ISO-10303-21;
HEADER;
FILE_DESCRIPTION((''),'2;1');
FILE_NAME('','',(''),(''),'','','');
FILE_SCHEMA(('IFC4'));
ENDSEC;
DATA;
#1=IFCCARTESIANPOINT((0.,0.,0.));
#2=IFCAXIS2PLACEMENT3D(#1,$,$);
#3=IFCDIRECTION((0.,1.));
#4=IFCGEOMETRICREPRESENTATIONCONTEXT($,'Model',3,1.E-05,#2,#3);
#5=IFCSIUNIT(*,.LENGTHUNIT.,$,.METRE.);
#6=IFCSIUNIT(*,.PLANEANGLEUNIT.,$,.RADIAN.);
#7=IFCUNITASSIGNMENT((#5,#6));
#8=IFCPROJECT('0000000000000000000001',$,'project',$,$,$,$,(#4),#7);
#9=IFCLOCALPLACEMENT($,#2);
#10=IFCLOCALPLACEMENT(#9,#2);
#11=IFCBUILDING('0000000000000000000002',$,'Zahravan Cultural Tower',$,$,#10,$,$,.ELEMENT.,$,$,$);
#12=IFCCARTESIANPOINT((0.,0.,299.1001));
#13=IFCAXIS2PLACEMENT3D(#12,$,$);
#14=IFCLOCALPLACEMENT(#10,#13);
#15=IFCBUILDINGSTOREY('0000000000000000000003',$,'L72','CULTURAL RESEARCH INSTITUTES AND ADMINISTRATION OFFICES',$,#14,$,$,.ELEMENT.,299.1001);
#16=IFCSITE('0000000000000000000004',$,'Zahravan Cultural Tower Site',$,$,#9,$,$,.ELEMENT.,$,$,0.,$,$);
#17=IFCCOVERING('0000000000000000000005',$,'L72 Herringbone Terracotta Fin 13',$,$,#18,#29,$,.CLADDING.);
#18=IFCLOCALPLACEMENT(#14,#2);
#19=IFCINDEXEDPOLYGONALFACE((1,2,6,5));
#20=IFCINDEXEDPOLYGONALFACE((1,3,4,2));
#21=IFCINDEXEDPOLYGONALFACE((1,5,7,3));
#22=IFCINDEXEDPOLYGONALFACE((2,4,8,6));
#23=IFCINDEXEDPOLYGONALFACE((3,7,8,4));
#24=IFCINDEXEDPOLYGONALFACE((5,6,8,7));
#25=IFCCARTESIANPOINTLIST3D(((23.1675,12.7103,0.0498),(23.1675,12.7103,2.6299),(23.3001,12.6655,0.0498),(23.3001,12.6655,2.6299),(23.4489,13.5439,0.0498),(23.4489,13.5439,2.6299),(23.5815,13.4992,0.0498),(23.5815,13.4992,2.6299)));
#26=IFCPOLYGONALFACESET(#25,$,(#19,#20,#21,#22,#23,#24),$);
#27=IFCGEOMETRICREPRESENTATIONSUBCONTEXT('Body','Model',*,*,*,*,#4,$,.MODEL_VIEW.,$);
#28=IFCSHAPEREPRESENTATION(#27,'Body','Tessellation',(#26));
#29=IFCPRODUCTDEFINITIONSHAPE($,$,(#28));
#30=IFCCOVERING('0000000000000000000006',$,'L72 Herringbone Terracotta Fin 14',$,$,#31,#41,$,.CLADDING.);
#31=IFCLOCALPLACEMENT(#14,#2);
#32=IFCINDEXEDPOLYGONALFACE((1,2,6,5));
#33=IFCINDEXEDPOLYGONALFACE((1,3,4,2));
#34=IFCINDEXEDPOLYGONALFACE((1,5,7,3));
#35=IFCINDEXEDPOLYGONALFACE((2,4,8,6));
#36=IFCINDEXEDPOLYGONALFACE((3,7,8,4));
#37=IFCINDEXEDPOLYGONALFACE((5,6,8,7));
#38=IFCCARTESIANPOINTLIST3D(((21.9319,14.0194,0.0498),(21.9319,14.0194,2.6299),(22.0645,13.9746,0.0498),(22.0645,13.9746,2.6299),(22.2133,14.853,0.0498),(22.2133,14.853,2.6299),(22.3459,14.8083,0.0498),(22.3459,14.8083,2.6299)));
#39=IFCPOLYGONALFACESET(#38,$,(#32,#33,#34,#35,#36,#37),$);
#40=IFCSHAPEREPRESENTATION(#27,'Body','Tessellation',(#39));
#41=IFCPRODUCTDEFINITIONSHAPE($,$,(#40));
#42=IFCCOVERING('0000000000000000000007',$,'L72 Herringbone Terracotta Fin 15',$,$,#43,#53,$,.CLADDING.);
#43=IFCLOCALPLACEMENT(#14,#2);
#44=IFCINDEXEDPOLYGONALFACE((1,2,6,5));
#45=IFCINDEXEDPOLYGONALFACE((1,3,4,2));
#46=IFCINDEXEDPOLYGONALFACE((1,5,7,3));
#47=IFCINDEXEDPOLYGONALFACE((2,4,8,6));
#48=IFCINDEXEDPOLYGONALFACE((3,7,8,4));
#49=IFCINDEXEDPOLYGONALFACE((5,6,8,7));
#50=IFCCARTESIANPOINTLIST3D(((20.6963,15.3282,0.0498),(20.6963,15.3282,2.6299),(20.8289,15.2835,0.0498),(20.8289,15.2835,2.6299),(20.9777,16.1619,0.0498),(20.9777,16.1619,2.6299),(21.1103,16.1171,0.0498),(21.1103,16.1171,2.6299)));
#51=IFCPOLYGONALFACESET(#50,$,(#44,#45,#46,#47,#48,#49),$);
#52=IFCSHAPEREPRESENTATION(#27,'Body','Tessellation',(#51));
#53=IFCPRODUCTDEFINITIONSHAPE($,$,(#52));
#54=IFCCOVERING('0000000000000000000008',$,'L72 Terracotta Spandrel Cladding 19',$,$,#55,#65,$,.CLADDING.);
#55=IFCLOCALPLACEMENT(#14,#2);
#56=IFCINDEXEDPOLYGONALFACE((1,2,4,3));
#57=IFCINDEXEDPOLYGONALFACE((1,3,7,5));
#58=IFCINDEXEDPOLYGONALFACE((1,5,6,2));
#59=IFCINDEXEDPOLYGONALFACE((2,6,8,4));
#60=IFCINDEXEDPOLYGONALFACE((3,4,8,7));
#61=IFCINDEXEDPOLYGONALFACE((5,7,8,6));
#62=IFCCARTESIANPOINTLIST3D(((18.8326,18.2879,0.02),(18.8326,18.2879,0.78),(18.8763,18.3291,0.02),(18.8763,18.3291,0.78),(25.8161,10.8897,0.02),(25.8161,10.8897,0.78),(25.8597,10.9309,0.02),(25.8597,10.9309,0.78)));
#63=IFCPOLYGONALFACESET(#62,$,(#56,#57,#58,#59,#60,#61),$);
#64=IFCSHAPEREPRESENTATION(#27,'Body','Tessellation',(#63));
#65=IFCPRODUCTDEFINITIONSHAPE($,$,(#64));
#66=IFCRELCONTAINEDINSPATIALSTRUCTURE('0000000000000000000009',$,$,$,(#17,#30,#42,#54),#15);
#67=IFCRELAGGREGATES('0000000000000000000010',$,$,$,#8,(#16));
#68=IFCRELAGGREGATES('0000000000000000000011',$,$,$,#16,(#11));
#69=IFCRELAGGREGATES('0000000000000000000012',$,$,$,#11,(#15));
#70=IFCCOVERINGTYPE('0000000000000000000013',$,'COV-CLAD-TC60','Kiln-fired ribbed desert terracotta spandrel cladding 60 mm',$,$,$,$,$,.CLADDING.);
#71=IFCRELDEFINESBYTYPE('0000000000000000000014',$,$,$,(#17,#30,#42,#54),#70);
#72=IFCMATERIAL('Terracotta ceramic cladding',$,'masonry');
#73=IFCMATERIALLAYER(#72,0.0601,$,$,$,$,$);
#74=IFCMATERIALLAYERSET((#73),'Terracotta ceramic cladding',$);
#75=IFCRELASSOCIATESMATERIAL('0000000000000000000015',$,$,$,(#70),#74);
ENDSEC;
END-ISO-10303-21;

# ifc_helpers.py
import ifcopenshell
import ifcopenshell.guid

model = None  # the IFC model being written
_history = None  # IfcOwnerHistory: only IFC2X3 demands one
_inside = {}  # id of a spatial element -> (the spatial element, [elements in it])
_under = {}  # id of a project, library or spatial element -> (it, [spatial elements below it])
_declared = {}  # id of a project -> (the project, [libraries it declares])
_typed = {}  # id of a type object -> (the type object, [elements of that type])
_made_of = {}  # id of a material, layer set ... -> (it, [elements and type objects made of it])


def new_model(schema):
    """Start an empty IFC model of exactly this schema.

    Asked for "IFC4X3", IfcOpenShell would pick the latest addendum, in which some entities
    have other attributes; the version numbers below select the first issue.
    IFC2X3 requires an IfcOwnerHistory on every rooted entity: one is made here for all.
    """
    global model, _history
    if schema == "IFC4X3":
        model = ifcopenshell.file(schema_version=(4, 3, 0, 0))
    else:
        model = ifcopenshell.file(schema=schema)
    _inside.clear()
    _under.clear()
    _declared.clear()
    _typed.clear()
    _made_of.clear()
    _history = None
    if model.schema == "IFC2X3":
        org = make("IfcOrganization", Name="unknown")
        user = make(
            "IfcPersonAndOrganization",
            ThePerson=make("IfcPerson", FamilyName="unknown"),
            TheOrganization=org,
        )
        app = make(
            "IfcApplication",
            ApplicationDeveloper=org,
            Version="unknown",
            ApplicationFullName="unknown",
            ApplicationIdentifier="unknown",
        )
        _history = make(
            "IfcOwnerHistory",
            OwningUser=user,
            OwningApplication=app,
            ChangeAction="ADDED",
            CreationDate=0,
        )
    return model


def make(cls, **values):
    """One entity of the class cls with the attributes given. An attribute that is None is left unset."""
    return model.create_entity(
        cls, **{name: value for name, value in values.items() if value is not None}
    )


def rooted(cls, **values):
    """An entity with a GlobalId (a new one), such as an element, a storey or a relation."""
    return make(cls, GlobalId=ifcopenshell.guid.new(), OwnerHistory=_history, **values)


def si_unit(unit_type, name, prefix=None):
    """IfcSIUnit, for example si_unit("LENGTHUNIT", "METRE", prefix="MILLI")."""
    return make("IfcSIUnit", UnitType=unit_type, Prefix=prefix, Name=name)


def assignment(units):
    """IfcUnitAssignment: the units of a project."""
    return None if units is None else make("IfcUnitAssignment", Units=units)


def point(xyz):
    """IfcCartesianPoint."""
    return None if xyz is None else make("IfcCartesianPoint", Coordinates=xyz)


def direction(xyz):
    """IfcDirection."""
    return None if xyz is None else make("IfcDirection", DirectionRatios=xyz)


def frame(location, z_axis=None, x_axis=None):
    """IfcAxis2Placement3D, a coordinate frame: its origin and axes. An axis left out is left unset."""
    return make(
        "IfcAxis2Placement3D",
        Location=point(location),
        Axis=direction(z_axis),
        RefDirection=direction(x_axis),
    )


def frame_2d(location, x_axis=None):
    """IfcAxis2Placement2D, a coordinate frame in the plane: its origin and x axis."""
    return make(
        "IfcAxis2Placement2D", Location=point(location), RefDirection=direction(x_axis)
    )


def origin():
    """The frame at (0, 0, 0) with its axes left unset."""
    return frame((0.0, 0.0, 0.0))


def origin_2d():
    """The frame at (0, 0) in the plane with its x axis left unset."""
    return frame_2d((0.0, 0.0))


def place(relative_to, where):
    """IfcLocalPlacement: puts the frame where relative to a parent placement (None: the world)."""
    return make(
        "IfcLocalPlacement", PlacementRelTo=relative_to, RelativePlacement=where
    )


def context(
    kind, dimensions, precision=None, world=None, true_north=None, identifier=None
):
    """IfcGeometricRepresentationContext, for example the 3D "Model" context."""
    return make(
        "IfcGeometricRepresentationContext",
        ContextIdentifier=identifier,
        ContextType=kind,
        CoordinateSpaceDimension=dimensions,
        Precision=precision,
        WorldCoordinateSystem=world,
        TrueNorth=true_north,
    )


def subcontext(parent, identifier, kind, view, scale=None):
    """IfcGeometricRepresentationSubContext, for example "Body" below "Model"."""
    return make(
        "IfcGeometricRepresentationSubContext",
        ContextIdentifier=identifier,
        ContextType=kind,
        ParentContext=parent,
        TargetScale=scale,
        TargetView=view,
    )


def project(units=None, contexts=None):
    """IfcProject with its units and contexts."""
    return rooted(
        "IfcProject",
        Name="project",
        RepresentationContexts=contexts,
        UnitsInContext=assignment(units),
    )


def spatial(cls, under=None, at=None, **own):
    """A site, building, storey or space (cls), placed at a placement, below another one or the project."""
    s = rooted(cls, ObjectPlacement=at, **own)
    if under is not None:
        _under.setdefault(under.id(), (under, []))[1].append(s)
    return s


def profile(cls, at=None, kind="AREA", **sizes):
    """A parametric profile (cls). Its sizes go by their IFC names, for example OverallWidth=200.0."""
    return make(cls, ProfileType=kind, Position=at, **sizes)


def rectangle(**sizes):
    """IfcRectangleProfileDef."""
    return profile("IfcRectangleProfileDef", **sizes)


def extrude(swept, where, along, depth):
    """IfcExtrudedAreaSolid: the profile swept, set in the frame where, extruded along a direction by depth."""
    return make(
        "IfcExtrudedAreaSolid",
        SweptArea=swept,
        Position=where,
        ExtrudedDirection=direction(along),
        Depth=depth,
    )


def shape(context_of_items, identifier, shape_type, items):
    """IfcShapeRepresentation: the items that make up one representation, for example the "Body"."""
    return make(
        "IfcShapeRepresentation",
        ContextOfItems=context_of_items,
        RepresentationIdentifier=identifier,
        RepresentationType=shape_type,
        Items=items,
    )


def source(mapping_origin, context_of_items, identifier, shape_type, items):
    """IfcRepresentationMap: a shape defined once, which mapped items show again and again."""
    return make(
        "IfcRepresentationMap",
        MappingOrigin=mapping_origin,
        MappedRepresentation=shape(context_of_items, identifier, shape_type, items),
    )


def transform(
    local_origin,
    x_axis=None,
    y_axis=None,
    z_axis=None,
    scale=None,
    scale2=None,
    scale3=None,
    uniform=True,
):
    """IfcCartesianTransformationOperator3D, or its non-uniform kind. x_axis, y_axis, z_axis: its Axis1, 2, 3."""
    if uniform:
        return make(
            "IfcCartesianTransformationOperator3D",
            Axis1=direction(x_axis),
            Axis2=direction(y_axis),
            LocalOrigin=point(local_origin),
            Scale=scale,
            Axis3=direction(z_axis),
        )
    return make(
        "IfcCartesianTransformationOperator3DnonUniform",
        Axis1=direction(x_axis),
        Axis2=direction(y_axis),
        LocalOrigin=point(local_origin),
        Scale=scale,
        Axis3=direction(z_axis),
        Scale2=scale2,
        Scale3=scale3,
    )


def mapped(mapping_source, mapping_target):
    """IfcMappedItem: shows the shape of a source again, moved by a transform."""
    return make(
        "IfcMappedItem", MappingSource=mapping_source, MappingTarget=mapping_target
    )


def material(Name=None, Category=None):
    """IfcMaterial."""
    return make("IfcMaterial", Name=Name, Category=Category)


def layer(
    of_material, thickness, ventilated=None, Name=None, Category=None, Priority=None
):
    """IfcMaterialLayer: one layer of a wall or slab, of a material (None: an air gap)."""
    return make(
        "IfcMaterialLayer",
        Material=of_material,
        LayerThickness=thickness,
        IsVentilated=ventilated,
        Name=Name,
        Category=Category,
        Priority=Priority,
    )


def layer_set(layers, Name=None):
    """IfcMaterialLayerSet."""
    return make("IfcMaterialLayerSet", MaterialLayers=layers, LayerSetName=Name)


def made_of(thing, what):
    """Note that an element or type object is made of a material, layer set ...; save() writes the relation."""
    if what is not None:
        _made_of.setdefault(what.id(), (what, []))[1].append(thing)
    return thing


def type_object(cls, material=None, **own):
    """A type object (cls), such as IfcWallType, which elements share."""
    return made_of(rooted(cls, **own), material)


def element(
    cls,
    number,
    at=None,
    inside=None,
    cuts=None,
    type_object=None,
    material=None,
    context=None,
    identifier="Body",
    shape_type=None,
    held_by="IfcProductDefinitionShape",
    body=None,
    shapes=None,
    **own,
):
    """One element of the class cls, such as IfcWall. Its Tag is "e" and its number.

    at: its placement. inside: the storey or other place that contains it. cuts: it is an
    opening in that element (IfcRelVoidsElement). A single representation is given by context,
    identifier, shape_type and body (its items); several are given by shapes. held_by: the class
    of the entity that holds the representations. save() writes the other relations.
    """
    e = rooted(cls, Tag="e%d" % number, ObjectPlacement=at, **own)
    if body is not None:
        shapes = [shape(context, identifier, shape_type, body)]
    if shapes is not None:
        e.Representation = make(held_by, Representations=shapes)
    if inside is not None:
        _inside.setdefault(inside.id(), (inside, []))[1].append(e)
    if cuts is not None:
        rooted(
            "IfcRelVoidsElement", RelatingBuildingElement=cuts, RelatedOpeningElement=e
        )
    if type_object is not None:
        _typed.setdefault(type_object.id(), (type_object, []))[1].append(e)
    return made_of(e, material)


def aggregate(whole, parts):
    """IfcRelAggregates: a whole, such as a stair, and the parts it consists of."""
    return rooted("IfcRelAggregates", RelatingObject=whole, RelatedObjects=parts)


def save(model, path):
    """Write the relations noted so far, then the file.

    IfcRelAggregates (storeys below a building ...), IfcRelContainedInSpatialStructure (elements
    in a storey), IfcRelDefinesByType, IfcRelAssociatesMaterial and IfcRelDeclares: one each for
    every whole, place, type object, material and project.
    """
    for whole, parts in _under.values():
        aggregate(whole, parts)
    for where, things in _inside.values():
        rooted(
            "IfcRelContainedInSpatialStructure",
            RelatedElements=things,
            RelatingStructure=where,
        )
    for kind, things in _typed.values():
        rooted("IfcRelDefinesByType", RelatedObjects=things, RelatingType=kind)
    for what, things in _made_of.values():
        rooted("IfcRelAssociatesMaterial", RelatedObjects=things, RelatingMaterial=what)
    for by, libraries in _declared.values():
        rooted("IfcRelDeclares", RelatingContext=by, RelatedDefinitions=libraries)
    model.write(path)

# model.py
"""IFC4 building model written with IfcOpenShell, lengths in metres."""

from ifc_helpers import new_model, si_unit, direction, frame, origin, origin_2d, place, context, subcontext, project, spatial, rectangle, extrude, source, transform, mapped, material, layer, layer_set, type_object, element, save


model = new_model("IFC4")

# Units and contexts
model_context = context("Model", 3, precision=1e-05, world=origin(), true_north=direction((0.0, 1.0)))
body_context = subcontext(model_context, "Body", "Model", "MODEL_VIEW")
ifc_project = project(units=[si_unit("LENGTHUNIT", "METRE"), si_unit("PLANEANGLEUNIT", "RADIAN")], contexts=[model_context])

# Site, building, storey
site_placement = place(None, origin())
site = spatial("IfcSite", under=ifc_project, at=site_placement, Name="Zahravan Cultural Tower Site", CompositionType="ELEMENT", RefElevation=0.0)
building_placement = place(site_placement, origin())
building = spatial("IfcBuilding", under=site, at=building_placement, Name="Zahravan Cultural Tower", CompositionType="ELEMENT")
storey_placement = place(building_placement, frame((0.0, 0.0, 299.1001)))
storey = spatial("IfcBuildingStorey", under=building, at=storey_placement, Name="L72", Description="CULTURAL RESEARCH INSTITUTES AND ADMINISTRATION OFFICES", CompositionType="ELEMENT", Elevation=299.1001)

# Coverings
ifc_material_1 = material(Name="Terracotta ceramic cladding", Category="masonry")
ifc_layer_1 = layer(ifc_material_1, 0.0601)
ifc_layer_set_1 = layer_set([ifc_layer_1], Name="Terracotta ceramic cladding")
covering_type_1 = type_object("IfcCoveringType", Name="COV-CLAD-TC60", Description="Kiln-fired ribbed desert terracotta spandrel cladding 60 mm", PredefinedType="CLADDING", material=ifc_layer_set_1)
shared_shape_1 = source(origin(), body_context, "Body", "SweptSolid", [
    extrude(rectangle(XDim=0.8799, YDim=0.1399, at=origin_2d()), origin(), (0.0, 0.0, 1.0), 2.5801),
])
for number, where, z_axis, x_axis, name in (
    (1, (23.3745, 13.1047, 0.0498), (0.0, 0.0, 1.0), (-0.319819, -0.947479, 0.0), "L72 Herringbone Terracotta Fin 13"),
    (2, (22.1389, 14.4138, 0.0498), (0.0, 0.0, 1.0), (-0.319819, -0.947479, 0.0), "L72 Herringbone Terracotta Fin 14"),
    (3, (20.9033, 15.7227, 0.0498), (0.0, 0.0, 1.0), (-0.319819, -0.947479, 0.0), "L72 Herringbone Terracotta Fin 15"),
):
    element("IfcCovering", number, at=place(storey_placement, frame(where, z_axis=z_axis, x_axis=x_axis)), inside=storey, type_object=covering_type_1, Name=name, PredefinedType="CLADDING", context=body_context, shape_type="MappedRepresentation", body=[
        mapped(shared_shape_1, transform((0.0, 0.0, 0.0), x_axis=(1.0, 0.0, 0.0), y_axis=(0.0, 1.0, 0.0), z_axis=(0.0, 0.0, 1.0), scale=1.0)),
    ])
shared_shape_2 = source(origin(), body_context, "Body", "SweptSolid", [
    extrude(rectangle(XDim=10.1736, YDim=0.0601, at=origin_2d()), origin(), (0.0, 0.0, 1.0), 0.76),
])
covering_1_placement = place(storey_placement, frame((22.3462, 14.6094, 0.02), z_axis=(0.0, 0.0, 1.0), x_axis=(-0.686428, 0.727198, 0.0)))
element("IfcCovering", 4, at=covering_1_placement, inside=storey, type_object=covering_type_1, Name="L72 Terracotta Spandrel Cladding 19", PredefinedType="CLADDING", context=body_context, shape_type="MappedRepresentation", body=[
    mapped(shared_shape_2, transform((0.0, 0.0, 0.0), x_axis=(1.0, 0.0, 0.0), y_axis=(0.0, 1.0, 0.0), z_axis=(0.0, 0.0, 1.0), scale=1.0)),
])

save(model, "model.ifc")
